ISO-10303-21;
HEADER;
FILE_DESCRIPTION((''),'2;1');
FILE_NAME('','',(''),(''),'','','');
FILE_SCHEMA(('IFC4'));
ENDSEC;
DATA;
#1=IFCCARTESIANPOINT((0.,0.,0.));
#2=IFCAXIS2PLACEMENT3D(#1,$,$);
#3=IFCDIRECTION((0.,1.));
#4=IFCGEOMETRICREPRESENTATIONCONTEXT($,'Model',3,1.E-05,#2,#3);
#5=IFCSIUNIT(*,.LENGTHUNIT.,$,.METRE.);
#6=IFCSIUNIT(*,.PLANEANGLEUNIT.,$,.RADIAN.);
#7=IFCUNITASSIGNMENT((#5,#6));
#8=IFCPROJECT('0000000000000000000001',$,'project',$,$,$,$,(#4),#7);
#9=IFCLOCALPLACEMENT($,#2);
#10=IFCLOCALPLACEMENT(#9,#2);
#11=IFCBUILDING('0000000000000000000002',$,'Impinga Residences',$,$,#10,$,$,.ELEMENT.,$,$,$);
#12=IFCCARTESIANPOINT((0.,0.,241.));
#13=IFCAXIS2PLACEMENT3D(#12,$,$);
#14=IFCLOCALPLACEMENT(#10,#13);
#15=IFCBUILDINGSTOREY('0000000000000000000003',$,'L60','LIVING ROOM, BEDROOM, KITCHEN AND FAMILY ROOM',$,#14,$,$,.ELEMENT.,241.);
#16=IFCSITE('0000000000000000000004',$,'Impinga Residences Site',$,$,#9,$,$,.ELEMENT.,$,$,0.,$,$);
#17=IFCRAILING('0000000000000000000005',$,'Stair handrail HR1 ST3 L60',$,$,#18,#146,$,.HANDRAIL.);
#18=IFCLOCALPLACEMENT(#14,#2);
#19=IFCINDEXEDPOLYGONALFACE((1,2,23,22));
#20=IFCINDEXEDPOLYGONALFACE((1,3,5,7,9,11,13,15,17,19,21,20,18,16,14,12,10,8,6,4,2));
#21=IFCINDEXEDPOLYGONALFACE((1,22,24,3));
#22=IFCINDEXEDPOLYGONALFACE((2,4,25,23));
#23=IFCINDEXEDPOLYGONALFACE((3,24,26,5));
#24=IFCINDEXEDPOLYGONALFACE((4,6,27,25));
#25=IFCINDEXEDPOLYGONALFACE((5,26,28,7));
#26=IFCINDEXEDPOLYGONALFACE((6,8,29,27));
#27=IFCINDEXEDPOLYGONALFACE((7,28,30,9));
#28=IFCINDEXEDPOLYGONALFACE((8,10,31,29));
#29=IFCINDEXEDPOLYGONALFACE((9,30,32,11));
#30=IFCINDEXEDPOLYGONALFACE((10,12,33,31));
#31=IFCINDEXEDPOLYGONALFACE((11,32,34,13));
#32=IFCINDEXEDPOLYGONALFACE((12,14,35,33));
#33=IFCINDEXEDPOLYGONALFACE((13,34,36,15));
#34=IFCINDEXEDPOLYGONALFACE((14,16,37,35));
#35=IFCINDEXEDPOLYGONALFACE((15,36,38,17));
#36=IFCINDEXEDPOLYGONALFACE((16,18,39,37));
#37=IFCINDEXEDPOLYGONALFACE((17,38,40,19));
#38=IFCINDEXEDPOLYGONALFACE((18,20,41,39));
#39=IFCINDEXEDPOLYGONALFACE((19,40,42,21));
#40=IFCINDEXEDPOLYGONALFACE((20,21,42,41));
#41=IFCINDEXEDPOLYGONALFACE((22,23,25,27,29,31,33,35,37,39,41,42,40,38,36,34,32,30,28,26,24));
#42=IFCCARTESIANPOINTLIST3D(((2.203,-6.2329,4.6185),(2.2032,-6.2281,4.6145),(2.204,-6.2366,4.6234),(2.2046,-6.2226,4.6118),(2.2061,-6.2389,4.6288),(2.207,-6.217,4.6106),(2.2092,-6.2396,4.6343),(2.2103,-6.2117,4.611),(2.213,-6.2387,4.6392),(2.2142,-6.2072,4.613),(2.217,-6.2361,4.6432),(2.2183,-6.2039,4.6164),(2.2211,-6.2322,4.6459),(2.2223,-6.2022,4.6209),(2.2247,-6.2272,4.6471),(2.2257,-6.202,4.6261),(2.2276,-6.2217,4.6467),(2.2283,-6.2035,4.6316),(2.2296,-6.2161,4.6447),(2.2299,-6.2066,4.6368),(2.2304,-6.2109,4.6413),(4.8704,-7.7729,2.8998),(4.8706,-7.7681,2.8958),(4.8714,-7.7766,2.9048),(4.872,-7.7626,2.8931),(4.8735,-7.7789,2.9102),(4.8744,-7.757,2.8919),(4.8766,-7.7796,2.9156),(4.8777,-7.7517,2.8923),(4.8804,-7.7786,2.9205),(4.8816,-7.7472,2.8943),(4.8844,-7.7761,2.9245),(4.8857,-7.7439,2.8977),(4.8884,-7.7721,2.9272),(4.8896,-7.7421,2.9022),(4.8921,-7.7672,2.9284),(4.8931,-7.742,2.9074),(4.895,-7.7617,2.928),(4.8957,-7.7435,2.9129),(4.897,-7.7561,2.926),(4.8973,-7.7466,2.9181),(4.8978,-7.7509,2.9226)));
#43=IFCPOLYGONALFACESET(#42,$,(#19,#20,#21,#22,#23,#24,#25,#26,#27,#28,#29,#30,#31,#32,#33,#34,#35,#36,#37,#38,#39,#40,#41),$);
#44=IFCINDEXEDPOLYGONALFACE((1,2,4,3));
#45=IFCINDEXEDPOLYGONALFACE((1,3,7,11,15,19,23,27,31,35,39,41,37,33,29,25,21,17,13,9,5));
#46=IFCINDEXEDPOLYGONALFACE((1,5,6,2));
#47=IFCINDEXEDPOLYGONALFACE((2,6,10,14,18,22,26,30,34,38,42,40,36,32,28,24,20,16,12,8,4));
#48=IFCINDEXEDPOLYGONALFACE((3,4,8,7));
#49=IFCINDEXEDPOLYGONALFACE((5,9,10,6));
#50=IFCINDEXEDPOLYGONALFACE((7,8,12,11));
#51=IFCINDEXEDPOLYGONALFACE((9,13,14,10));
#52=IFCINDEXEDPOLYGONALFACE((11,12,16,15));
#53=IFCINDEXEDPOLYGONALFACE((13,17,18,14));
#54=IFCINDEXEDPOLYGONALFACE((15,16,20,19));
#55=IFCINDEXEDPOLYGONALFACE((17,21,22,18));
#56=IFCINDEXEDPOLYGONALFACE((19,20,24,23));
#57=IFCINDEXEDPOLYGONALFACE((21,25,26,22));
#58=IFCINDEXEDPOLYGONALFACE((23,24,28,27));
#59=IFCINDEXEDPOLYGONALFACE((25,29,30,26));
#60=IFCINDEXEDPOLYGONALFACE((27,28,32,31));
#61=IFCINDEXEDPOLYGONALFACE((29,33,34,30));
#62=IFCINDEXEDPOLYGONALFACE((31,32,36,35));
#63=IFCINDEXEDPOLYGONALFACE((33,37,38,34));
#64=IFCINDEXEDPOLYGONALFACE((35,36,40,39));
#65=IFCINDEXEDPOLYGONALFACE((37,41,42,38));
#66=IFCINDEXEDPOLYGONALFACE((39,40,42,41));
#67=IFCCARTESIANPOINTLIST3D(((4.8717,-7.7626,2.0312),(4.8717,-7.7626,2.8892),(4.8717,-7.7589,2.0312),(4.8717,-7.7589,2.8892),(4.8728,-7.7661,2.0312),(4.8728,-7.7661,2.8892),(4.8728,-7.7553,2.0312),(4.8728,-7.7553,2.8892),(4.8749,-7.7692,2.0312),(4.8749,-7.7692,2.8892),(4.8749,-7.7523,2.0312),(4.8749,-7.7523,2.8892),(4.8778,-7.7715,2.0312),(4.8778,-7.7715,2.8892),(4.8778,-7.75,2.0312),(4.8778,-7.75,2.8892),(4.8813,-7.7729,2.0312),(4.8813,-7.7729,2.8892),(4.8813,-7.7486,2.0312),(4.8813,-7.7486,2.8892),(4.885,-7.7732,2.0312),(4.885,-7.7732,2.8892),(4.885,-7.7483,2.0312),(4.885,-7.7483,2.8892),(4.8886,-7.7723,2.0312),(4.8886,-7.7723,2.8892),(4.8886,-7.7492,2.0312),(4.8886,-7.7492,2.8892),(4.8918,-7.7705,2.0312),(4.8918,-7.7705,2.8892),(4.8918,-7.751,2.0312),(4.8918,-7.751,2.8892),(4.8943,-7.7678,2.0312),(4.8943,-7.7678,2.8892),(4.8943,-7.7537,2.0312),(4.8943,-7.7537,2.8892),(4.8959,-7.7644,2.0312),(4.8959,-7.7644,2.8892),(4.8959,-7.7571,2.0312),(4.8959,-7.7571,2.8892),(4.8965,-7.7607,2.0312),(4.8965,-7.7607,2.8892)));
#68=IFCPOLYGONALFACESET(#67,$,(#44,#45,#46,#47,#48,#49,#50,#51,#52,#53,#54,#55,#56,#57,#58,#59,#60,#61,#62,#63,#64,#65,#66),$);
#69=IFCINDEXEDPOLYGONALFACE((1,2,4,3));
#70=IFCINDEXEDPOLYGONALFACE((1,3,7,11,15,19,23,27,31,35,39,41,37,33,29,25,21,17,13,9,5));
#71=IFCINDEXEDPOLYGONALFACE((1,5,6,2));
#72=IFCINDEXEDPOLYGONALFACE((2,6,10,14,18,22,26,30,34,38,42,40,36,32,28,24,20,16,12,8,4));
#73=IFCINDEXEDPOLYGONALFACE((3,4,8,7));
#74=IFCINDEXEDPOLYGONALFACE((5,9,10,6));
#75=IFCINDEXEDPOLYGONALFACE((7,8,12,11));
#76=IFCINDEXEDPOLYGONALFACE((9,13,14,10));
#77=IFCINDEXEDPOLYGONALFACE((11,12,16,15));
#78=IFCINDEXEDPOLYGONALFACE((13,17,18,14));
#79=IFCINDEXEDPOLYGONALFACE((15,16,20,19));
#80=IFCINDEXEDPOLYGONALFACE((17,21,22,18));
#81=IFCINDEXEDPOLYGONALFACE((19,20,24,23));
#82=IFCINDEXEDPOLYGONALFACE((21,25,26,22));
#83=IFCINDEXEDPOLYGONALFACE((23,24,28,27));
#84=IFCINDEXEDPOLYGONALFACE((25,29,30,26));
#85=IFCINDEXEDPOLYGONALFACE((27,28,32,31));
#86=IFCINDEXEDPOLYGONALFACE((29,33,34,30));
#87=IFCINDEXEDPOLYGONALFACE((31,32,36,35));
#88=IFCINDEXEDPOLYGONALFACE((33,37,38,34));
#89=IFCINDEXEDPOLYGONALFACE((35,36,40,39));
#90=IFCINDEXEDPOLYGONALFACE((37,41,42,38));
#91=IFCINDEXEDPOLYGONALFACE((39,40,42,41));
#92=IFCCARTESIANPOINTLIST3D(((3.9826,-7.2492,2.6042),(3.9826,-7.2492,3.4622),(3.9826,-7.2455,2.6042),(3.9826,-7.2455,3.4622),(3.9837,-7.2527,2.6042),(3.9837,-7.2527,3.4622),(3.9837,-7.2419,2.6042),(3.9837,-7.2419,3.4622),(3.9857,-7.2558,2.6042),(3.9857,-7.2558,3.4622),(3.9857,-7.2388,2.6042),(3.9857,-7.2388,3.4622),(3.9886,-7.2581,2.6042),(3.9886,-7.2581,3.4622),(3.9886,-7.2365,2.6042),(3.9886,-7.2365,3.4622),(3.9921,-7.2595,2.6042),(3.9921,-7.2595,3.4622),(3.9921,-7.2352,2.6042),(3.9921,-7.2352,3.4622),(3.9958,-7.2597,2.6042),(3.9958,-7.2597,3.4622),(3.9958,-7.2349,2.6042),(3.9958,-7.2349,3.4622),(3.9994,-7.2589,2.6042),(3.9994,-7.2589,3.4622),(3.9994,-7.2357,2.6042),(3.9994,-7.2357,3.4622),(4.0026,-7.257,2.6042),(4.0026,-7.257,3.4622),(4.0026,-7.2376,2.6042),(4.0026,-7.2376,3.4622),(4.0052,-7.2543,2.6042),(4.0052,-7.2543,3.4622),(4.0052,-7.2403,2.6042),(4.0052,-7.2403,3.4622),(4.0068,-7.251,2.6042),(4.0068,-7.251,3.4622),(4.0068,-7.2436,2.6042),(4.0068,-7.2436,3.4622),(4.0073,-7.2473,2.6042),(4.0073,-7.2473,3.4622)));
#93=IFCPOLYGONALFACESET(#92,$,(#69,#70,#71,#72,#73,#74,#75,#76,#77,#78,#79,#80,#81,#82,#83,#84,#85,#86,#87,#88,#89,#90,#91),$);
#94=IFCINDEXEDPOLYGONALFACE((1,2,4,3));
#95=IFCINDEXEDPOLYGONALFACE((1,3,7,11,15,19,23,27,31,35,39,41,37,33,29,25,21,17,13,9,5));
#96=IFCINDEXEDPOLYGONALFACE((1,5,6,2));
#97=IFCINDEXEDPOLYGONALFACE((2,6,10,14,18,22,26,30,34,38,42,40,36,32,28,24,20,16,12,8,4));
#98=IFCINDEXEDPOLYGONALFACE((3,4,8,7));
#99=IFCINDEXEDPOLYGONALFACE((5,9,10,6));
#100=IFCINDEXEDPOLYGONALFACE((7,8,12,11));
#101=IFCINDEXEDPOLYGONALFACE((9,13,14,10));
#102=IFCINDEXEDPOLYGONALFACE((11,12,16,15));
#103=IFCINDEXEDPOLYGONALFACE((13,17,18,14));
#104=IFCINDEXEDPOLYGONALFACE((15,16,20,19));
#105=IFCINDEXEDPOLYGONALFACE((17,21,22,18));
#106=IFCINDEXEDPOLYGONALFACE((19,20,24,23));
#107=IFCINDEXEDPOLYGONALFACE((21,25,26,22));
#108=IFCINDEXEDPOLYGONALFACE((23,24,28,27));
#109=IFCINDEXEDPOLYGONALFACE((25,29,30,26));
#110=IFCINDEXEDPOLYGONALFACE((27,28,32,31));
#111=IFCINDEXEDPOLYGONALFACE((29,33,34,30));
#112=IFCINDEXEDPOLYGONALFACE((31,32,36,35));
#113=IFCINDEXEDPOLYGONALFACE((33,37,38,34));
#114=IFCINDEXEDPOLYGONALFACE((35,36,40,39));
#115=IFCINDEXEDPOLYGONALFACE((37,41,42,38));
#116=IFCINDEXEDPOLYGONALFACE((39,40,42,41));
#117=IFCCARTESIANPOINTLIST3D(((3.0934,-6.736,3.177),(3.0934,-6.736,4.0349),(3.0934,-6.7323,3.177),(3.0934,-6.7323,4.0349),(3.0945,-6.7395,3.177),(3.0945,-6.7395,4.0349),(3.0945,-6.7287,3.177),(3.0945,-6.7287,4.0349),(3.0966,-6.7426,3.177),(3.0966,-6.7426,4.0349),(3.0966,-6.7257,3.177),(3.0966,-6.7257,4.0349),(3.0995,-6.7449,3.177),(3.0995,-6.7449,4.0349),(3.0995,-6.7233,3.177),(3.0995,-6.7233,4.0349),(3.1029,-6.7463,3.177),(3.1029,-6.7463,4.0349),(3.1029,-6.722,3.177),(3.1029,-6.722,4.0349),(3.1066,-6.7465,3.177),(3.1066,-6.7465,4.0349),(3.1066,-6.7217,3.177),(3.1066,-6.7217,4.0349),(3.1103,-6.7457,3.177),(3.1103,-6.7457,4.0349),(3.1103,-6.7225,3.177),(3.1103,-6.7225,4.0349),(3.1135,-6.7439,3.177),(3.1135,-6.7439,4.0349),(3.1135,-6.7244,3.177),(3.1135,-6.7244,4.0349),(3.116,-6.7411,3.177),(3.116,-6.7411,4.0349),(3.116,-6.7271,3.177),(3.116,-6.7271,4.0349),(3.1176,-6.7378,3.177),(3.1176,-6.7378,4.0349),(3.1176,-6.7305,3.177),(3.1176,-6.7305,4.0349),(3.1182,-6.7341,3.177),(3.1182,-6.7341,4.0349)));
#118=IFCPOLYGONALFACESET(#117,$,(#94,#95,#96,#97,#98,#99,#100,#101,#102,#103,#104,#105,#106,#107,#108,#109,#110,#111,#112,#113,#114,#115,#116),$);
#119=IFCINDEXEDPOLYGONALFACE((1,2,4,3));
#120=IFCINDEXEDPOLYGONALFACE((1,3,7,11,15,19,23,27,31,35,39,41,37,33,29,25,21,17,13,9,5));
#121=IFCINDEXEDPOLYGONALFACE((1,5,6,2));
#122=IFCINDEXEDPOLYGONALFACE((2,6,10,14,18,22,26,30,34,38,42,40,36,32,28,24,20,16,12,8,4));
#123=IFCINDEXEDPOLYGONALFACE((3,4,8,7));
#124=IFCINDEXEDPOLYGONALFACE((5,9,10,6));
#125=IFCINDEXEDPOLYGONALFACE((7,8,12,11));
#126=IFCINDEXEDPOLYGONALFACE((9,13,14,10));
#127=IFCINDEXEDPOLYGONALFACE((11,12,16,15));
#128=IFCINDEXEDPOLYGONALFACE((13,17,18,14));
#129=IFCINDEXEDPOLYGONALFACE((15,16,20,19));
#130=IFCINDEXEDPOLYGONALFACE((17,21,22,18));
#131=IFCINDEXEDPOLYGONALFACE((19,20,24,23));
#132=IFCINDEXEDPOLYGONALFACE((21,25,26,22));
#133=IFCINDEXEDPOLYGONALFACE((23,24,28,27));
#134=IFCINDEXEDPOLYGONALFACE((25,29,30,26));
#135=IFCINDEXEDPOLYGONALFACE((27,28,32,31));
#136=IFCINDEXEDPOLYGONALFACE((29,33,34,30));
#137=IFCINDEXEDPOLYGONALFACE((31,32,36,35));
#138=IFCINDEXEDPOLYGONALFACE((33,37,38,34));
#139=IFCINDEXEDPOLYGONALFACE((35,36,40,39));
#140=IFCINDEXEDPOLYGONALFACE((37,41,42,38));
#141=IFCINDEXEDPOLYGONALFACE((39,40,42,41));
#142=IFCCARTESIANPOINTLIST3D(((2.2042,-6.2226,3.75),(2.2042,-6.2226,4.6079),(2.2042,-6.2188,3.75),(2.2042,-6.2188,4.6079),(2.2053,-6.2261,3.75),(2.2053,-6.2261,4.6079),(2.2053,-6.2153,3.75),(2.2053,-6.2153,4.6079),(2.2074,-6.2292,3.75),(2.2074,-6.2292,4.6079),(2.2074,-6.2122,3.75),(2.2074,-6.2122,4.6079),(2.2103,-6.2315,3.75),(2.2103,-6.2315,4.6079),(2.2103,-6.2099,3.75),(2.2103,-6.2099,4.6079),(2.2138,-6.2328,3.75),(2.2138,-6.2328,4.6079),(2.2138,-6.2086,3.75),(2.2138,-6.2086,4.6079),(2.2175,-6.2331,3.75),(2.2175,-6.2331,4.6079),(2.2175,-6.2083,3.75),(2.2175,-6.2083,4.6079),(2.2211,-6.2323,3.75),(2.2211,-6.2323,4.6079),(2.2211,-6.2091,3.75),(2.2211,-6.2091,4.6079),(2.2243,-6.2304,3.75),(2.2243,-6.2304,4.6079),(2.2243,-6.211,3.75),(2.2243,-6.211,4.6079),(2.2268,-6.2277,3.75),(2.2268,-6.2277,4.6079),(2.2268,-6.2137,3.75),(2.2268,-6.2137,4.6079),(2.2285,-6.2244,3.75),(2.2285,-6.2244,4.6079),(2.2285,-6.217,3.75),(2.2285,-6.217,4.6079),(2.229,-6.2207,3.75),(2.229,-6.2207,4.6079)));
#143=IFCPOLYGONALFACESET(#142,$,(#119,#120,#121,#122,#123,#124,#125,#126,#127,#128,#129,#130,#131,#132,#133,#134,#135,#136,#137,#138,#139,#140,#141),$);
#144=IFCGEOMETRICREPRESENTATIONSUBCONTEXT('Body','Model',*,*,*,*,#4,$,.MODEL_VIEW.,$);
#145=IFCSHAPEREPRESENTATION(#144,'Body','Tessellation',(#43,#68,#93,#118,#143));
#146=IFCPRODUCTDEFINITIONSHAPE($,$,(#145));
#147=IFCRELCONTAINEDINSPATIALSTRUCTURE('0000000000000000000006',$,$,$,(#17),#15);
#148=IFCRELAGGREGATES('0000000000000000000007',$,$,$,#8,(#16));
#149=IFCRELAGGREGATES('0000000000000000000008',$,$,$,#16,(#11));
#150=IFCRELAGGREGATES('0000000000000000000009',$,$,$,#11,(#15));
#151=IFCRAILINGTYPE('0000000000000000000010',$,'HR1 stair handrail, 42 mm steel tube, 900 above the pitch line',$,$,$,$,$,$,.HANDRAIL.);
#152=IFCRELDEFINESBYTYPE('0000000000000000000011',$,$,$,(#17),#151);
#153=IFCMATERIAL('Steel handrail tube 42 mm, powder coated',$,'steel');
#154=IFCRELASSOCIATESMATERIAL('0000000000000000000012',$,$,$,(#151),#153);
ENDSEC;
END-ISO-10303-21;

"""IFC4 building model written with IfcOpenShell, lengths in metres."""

from ifc_helpers import new_model, si_unit, direction, frame, origin, origin_2d, place, context, subcontext, project, spatial, circle, extrude, material, type_object, element, save


model = new_model("IFC4")

# Units and contexts
model_context = context("Model", 3, precision=1e-05, world=origin(), true_north=direction((0.0, 1.0)))
body_context = subcontext(model_context, "Body", "Model", "MODEL_VIEW")
ifc_project = project(units=[si_unit("LENGTHUNIT", "METRE"), si_unit("PLANEANGLEUNIT", "RADIAN")], contexts=[model_context])

# Site, building, storey
site_placement = place(None, origin())
site = spatial("IfcSite", under=ifc_project, at=site_placement, Name="Impinga Residences Site", CompositionType="ELEMENT", RefElevation=0.0)
building_placement = place(site_placement, origin())
building = spatial("IfcBuilding", under=site, at=building_placement, Name="Impinga Residences", CompositionType="ELEMENT")
storey_placement = place(building_placement, frame((0.0, 0.0, 241.0)))
storey = spatial("IfcBuildingStorey", under=building, at=storey_placement, Name="L60", Description="LIVING ROOM, BEDROOM, KITCHEN AND FAMILY ROOM", CompositionType="ELEMENT", Elevation=241.0)

# Railing
ifc_material_1 = material(Name="Steel handrail tube 42 mm, powder coated", Category="steel")
railing_type = type_object("IfcRailingType", Name="HR1 stair handrail, 42 mm steel tube, 900 above the pitch line", PredefinedType="HANDRAIL", material=ifc_material_1)
railing_placement = place(storey_placement, frame((4.884, -7.7607, 2.0312)))
element("IfcRailing", 1, at=railing_placement, inside=storey, type_object=railing_type, Name="Stair handrail HR1 ST3 L60", PredefinedType="HANDRAIL", context=body_context, shape_type="SweptSolid", body=[
    extrude(circle(Radius=0.021, at=origin_2d()), frame((0.0, 0.0, 0.8789), z_axis=(-0.756256, 0.436616, 0.487282), x_axis=(-0.499992, -0.86603, 0.0)), (0.0, 0.0, 1.0), 3.5271),
    extrude(circle(Radius=0.0125, at=origin_2d()), origin(), (0.0, 0.0, 1.0), 0.8579),
    extrude(circle(Radius=0.0125, at=origin_2d()), frame((-0.8892, 0.5134, 0.573)), (0.0, 0.0, 1.0), 0.8579),
    extrude(circle(Radius=0.0125, at=origin_2d()), frame((-1.7783, 1.0266, 1.1458)), (0.0, 0.0, 1.0), 0.8579),
    extrude(circle(Radius=0.0125, at=origin_2d()), frame((-2.6675, 1.54, 1.7188)), (0.0, 0.0, 1.0), 0.8579),
])

save(model, "model.ifc")
